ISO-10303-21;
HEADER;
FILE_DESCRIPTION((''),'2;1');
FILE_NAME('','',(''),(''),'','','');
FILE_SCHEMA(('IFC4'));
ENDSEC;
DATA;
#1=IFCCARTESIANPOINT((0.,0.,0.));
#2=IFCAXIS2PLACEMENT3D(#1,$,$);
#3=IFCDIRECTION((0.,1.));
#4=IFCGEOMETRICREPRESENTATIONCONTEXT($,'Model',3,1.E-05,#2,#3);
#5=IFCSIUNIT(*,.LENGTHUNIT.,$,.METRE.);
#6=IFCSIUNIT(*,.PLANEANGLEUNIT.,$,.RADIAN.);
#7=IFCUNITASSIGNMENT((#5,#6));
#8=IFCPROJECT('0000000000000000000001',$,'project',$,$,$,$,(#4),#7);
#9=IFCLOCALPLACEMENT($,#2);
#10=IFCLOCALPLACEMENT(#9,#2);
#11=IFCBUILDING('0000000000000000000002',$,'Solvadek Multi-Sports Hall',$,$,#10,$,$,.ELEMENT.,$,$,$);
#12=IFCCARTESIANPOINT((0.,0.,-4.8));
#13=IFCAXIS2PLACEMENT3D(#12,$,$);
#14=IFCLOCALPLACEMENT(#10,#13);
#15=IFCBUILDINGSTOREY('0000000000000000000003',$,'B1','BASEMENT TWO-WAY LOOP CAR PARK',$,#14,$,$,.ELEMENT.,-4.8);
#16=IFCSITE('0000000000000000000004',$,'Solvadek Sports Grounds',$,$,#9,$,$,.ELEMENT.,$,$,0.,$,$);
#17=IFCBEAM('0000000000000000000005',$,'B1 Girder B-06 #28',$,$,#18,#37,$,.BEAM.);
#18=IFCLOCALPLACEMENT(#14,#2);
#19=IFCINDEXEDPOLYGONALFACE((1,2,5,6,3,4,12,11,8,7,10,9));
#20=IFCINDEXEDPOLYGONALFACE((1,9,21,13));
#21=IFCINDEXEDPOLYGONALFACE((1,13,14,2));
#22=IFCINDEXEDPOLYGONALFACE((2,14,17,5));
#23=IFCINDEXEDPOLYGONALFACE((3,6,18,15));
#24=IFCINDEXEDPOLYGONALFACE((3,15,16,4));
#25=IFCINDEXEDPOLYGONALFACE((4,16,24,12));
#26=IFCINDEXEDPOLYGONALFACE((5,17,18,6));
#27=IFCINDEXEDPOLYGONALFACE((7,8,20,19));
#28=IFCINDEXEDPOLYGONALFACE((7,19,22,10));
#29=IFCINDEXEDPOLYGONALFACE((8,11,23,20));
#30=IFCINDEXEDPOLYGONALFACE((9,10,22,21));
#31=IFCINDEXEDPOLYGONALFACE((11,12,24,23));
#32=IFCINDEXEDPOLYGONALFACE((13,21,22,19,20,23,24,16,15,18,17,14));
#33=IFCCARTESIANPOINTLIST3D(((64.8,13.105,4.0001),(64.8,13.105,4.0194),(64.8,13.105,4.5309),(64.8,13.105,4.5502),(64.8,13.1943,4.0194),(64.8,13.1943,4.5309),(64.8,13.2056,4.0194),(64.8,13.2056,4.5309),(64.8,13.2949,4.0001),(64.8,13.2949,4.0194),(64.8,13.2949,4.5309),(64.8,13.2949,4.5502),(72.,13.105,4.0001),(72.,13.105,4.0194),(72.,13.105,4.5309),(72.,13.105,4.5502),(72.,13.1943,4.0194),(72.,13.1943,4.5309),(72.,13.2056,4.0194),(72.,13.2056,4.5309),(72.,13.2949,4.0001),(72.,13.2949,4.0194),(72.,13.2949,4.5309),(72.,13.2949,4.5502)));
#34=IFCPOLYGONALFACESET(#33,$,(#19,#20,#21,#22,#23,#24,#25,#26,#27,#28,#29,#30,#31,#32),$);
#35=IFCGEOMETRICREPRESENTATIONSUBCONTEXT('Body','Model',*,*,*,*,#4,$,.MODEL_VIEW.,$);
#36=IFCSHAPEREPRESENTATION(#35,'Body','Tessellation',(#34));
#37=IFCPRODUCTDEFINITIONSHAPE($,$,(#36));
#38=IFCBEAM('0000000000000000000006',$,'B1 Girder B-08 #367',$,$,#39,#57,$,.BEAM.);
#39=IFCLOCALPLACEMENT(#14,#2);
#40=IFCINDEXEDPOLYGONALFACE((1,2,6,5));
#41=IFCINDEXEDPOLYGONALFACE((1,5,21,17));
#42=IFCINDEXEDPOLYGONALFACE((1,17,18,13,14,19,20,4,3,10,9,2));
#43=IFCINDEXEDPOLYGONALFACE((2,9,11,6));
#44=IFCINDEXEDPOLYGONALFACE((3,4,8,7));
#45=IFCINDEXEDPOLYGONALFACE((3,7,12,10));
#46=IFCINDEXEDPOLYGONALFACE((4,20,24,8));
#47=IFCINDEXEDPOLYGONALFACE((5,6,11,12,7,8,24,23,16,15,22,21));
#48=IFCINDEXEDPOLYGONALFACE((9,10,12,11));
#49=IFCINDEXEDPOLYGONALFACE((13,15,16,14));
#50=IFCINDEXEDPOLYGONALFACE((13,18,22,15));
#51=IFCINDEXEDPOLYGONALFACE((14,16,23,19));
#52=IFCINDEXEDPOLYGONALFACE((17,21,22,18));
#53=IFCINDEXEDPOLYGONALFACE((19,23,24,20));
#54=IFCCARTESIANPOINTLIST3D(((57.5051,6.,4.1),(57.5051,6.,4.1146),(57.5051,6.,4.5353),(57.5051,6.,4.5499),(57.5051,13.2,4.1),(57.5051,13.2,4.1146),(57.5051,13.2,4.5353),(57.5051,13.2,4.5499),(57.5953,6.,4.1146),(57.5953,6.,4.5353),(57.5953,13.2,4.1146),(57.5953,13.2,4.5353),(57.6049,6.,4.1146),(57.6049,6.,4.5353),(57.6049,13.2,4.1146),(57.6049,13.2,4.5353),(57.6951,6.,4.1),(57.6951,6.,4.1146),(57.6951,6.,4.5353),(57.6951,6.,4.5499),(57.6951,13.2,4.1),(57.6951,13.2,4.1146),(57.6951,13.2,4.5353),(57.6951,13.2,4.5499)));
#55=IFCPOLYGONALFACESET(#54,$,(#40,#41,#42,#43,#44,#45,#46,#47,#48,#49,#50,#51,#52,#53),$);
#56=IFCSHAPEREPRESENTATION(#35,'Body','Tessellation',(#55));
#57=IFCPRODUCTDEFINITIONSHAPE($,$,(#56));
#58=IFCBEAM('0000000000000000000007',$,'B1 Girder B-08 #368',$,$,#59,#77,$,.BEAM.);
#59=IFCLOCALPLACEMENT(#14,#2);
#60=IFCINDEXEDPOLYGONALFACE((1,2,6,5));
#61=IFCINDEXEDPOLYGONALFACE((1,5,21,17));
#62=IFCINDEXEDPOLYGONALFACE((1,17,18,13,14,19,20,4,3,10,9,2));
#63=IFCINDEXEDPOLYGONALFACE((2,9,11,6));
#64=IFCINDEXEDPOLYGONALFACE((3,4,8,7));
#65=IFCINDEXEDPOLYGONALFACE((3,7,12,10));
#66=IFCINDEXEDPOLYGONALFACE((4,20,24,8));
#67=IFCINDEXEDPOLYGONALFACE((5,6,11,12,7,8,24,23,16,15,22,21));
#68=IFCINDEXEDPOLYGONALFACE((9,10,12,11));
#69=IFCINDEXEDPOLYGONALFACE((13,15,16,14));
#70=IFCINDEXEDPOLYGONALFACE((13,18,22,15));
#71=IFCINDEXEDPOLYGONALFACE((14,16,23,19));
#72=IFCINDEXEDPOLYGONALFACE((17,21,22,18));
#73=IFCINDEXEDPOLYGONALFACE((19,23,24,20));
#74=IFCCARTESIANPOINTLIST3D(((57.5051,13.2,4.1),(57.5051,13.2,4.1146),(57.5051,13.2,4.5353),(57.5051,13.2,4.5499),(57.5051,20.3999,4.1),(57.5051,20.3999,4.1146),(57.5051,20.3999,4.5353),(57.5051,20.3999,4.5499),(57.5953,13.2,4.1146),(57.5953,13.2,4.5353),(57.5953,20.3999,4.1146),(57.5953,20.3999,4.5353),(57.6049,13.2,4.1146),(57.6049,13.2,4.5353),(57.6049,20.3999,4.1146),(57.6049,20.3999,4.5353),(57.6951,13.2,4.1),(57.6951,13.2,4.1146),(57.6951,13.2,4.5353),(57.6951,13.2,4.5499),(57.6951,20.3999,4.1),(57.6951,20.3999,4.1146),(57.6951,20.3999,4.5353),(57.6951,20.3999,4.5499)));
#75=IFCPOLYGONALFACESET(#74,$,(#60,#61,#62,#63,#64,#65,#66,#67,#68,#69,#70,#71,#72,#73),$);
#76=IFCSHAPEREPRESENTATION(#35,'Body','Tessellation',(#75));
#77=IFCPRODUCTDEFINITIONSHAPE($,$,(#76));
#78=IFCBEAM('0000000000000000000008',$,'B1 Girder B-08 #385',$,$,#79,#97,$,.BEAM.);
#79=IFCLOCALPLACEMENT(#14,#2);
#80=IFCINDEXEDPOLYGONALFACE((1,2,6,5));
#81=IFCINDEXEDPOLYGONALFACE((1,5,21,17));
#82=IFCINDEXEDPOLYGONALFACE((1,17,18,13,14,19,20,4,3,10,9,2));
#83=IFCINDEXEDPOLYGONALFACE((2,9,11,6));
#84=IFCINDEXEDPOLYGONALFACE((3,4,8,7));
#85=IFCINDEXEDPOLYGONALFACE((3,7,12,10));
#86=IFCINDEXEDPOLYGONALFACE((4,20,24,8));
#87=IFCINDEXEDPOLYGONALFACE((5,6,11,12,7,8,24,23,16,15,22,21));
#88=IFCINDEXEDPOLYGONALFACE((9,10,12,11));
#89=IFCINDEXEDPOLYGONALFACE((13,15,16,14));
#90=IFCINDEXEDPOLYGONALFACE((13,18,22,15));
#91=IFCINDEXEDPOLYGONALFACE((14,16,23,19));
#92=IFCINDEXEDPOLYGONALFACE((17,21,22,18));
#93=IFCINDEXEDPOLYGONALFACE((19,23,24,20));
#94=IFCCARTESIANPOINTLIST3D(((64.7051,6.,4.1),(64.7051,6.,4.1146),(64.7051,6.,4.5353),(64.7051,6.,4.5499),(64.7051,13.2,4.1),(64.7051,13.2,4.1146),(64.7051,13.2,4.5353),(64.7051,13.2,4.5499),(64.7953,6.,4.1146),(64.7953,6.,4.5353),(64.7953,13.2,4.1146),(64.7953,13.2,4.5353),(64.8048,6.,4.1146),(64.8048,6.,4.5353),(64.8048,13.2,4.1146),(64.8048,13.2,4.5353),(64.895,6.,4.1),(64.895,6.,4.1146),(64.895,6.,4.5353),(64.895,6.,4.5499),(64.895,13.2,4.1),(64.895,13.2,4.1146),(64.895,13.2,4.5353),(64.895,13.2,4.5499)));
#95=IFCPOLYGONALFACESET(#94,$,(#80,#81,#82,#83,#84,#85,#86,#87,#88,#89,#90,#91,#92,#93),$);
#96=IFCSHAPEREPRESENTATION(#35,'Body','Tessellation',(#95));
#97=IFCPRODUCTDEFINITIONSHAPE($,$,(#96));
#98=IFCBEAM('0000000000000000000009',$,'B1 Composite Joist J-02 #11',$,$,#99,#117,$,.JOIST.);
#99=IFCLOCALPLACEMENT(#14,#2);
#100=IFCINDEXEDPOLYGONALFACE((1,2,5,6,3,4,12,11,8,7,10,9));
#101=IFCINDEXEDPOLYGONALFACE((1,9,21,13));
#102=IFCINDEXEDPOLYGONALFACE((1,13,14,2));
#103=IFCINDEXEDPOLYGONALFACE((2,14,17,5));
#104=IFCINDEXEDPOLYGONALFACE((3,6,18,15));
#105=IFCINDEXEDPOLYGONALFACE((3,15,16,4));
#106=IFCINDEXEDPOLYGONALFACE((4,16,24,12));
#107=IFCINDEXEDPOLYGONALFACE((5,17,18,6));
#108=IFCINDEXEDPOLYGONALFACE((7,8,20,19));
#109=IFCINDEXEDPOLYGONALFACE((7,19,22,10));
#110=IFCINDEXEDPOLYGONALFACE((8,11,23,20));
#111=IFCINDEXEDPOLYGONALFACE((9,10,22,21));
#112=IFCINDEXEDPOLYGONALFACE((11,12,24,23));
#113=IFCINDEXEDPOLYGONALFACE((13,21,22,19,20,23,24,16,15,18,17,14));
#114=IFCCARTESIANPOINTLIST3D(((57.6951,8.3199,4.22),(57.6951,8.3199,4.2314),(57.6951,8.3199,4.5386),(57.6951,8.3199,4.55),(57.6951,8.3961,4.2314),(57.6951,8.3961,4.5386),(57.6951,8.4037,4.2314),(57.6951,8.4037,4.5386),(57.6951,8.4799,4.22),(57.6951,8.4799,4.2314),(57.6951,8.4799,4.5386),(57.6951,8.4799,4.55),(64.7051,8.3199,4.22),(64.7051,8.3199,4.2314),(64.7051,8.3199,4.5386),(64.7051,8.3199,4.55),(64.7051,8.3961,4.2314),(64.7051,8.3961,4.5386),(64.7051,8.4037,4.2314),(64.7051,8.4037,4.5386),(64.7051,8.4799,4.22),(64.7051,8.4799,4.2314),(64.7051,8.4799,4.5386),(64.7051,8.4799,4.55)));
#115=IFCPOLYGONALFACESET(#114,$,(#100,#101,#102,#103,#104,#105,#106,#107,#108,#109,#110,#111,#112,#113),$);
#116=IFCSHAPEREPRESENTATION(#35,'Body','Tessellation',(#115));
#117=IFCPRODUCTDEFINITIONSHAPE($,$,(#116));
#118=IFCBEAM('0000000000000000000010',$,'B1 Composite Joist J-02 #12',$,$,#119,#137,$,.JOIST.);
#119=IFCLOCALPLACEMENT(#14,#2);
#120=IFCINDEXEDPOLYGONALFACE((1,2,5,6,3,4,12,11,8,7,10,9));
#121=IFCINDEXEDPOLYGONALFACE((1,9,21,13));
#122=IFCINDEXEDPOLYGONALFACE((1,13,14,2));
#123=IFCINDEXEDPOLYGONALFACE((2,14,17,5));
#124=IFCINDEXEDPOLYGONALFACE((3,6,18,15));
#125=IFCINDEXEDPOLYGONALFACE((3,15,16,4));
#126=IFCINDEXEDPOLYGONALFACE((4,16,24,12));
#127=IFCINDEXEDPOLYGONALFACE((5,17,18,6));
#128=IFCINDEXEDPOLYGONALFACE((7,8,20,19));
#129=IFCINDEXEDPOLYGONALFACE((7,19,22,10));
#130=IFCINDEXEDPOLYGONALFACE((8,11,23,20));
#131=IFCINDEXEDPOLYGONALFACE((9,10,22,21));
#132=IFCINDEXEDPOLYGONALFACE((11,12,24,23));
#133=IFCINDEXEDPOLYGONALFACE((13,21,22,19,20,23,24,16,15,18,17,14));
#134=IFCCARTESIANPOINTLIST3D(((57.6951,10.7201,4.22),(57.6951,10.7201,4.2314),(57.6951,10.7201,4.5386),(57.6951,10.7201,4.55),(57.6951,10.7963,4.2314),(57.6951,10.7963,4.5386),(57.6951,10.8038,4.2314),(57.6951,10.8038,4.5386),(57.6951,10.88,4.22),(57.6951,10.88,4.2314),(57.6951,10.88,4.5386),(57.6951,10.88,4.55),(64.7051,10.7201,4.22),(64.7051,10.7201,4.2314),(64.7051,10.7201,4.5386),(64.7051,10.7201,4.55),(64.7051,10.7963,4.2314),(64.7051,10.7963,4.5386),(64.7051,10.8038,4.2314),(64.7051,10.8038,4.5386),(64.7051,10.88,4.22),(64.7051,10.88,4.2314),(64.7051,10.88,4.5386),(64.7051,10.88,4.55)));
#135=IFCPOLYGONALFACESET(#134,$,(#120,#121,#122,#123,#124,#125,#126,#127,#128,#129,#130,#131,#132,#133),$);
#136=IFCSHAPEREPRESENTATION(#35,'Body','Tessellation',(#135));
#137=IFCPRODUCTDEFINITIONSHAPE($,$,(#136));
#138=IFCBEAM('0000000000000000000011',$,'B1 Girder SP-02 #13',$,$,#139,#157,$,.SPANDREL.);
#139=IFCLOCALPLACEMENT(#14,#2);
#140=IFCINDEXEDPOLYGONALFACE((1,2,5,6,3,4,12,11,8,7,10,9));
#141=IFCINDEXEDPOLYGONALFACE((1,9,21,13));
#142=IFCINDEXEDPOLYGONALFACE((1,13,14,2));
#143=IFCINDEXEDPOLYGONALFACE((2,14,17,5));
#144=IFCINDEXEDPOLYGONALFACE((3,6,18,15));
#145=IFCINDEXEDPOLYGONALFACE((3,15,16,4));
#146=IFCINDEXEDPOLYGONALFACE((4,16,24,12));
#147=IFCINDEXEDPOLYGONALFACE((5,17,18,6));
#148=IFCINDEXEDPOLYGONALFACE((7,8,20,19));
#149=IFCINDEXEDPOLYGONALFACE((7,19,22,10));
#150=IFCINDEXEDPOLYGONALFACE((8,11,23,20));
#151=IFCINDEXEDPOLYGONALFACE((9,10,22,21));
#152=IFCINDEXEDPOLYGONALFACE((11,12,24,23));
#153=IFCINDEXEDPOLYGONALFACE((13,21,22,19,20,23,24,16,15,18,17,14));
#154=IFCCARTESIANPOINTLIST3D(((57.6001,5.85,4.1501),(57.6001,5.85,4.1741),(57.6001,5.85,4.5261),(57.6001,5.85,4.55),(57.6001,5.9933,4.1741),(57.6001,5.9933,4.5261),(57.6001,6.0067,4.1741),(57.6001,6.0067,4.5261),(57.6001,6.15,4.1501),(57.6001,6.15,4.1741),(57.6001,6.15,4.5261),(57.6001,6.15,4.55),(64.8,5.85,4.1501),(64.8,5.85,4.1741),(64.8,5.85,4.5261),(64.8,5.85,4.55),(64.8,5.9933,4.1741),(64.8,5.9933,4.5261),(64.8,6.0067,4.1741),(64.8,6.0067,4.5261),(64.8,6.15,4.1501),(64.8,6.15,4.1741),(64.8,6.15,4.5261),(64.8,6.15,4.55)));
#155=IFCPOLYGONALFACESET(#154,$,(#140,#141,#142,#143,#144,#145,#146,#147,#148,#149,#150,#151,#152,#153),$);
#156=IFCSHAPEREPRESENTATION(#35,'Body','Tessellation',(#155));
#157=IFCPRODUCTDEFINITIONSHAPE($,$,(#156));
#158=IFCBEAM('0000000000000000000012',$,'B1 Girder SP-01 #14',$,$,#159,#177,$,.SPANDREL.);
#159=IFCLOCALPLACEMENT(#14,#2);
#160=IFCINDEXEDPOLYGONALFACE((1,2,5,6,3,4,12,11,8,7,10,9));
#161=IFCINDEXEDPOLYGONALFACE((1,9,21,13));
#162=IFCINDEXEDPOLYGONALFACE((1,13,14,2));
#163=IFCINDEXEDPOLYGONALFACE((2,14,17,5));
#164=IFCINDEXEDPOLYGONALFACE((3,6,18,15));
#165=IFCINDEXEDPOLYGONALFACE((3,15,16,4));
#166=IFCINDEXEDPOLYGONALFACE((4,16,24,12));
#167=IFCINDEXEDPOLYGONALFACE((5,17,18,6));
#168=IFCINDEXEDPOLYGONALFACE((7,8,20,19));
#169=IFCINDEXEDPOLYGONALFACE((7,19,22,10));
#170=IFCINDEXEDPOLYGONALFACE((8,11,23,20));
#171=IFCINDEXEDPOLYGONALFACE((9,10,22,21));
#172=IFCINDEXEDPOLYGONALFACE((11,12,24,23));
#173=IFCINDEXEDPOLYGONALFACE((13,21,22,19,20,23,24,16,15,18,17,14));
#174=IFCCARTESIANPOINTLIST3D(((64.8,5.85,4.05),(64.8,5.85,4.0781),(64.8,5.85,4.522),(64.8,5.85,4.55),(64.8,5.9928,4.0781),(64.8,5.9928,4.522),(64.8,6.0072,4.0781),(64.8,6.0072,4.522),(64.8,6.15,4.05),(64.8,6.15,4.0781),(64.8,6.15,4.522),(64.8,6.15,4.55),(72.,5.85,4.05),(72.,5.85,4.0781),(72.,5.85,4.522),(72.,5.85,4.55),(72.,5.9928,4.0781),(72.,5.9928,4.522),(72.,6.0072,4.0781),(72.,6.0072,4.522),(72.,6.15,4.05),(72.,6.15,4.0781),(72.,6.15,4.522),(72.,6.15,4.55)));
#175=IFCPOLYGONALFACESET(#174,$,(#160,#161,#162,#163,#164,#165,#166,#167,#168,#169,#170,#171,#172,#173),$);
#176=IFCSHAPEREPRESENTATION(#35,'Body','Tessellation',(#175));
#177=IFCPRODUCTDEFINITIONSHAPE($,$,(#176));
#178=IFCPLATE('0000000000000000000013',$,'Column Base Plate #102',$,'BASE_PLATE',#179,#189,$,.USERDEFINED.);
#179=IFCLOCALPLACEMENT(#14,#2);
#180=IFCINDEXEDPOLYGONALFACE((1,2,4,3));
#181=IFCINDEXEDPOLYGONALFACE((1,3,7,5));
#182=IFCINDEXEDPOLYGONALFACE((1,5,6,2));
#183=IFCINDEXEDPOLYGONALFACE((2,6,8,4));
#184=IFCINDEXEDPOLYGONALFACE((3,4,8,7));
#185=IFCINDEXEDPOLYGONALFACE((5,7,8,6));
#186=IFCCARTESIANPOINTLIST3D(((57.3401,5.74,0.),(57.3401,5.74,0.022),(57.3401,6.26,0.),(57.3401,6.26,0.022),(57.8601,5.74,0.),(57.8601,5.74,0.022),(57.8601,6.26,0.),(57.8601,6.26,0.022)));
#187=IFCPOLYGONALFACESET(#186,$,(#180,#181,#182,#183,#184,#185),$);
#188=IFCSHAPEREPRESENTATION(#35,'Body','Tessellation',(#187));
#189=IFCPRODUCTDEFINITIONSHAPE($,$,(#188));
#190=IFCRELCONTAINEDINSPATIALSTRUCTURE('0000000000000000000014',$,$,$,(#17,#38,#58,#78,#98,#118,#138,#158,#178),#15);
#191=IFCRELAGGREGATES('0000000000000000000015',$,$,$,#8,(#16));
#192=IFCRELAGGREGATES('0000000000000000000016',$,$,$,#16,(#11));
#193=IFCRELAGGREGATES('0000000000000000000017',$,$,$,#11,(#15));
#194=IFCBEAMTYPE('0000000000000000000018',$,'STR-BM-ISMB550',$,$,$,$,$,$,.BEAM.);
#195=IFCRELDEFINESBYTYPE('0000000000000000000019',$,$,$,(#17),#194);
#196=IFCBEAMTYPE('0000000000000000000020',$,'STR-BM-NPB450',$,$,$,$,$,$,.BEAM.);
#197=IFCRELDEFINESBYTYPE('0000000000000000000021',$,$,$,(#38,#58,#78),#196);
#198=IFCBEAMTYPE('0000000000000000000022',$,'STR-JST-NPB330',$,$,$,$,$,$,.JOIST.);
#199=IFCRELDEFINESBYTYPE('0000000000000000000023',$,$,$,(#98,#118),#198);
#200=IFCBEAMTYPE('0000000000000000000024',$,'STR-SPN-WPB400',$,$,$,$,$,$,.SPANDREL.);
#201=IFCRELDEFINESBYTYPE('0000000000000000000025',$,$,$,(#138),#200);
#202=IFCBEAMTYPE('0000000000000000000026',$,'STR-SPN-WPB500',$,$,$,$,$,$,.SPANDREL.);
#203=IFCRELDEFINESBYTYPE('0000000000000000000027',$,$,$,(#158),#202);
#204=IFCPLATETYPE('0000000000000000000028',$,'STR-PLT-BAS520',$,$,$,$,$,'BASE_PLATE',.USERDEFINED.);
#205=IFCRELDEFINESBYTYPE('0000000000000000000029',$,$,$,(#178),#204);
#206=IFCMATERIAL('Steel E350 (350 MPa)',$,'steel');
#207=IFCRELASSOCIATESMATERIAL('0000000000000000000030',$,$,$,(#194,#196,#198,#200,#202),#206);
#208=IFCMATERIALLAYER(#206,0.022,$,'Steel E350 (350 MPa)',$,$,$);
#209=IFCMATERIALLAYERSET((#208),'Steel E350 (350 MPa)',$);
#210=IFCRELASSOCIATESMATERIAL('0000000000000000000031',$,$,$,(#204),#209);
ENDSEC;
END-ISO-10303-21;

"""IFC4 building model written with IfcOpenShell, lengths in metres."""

from ifc_helpers import new_model, si_unit, direction, frame, origin, origin_2d, place, context, subcontext, project, spatial, rectangle, i_section, extrude, material, layer, layer_set, material_profile, profile_set, type_object, element, save


model = new_model("IFC4")

# Units and contexts
model_context = context("Model", 3, precision=1e-05, world=origin(), true_north=direction((0.0, 1.0)))
body_context = subcontext(model_context, "Body", "Model", "MODEL_VIEW")
ifc_project = project(units=[si_unit("LENGTHUNIT", "METRE"), si_unit("PLANEANGLEUNIT", "RADIAN")], contexts=[model_context])

# Site, building, storey
site_placement = place(None, origin())
site = spatial("IfcSite", under=ifc_project, at=site_placement, Name="Solvadek Sports Grounds", CompositionType="ELEMENT", RefElevation=0.0)
building_placement = place(site_placement, origin())
building = spatial("IfcBuilding", under=site, at=building_placement, Name="Solvadek Multi-Sports Hall", CompositionType="ELEMENT")
storey_placement = place(building_placement, frame((0.0, 0.0, -4.8)))
storey = spatial("IfcBuildingStorey", under=building, at=storey_placement, Name="B1", Description="BASEMENT TWO-WAY LOOP CAR PARK", CompositionType="ELEMENT", Elevation=-4.8)

# Shared definitions
ifc_material_1 = material(Name="Steel E350 (350 MPa)", Category="steel")

# Beams
ifc_material_profile_1 = material_profile(ifc_material_1, i_section(OverallWidth=0.1899, OverallDepth=0.55, WebThickness=0.0112, FlangeThickness=0.0193, at=origin_2d()), Name="ISMB 550")
ifc_profile_set_1 = profile_set([ifc_material_profile_1], Name="Steel E350 (350 MPa)")
beam_type_1 = type_object("IfcBeamType", Name="STR-BM-ISMB550", PredefinedType="BEAM", material=ifc_profile_set_1)
beam_1_placement = place(storey_placement, frame((64.8, 13.2, 4.2751), z_axis=(1.0, 0.0, 0.0), x_axis=(0.0, 1.0, 0.0)))
element("IfcBeam", 1, at=beam_1_placement, inside=storey, type_object=beam_type_1, Name="B1 Girder B-06 #28", PredefinedType="BEAM", context=body_context, shape_type="SweptSolid", body=[
    extrude(i_section(OverallWidth=0.1899, OverallDepth=0.55, WebThickness=0.0112, FlangeThickness=0.0193, at=origin_2d()), origin(), (0.0, 0.0, 1.0), 7.2),
])
ifc_material_profile_2 = material_profile(ifc_material_1, i_section(OverallWidth=0.1899, OverallDepth=0.45, WebThickness=0.0095, FlangeThickness=0.0146, at=origin_2d()), Name="NPB 450")
ifc_profile_set_2 = profile_set([ifc_material_profile_2], Name="Steel E350 (350 MPa)")
beam_type_2 = type_object("IfcBeamType", Name="STR-BM-NPB450", PredefinedType="BEAM", material=ifc_profile_set_2)
for number, where, z_axis, x_axis, name in (
    (2, (57.6001, 6.0, 4.325), (0.0, 1.0, 0.0), (-1.0, 0.0, 0.0), "B1 Girder B-08 #367"),
    (3, (57.6001, 13.2, 4.325), (0.0, 1.0, 0.0), (-1.0, 0.0, 0.0), "B1 Girder B-08 #368"),
    (4, (64.8, 6.0, 4.325), (0.0, 1.0, 0.0), (-1.0, 0.0, 0.0), "B1 Girder B-08 #385"),
):
    element("IfcBeam", number, at=place(storey_placement, frame(where, z_axis=z_axis, x_axis=x_axis)), inside=storey, type_object=beam_type_2, Name=name, PredefinedType="BEAM", context=body_context, shape_type="SweptSolid", body=[
        extrude(i_section(OverallWidth=0.1899, OverallDepth=0.45, WebThickness=0.0095, FlangeThickness=0.0146, at=origin_2d()), origin(), (0.0, 0.0, 1.0), 7.2),
    ])
ifc_material_profile_3 = material_profile(ifc_material_1, i_section(OverallWidth=0.1599, OverallDepth=0.3301, WebThickness=0.0076, FlangeThickness=0.0115, at=origin_2d()), Name="NPB 330")
ifc_profile_set_3 = profile_set([ifc_material_profile_3], Name="Steel E350 (350 MPa)")
beam_type_3 = type_object("IfcBeamType", Name="STR-JST-NPB330", PredefinedType="JOIST", material=ifc_profile_set_3)
for number, where, z_axis, x_axis, name in (
    (5, (57.6951, 8.3999, 4.385), (1.0, 0.0, 0.0), (0.0, 1.0, 0.0), "B1 Composite Joist J-02 #11"),
    (6, (57.6951, 10.8, 4.385), (1.0, 0.0, 0.0), (0.0, 1.0, 0.0), "B1 Composite Joist J-02 #12"),
):
    element("IfcBeam", number, at=place(storey_placement, frame(where, z_axis=z_axis, x_axis=x_axis)), inside=storey, type_object=beam_type_3, Name=name, PredefinedType="JOIST", context=body_context, shape_type="SweptSolid", body=[
        extrude(i_section(OverallWidth=0.1599, OverallDepth=0.3301, WebThickness=0.0076, FlangeThickness=0.0115, at=origin_2d()), origin(), (0.0, 0.0, 1.0), 7.01),
    ])
ifc_material_profile_4 = material_profile(ifc_material_1, i_section(OverallWidth=0.3, OverallDepth=0.3999, WebThickness=0.0134, FlangeThickness=0.0239, at=origin_2d()), Name="WPB 400")
ifc_profile_set_4 = profile_set([ifc_material_profile_4], Name="Steel E350 (350 MPa)")
beam_type_4 = type_object("IfcBeamType", Name="STR-SPN-WPB400", PredefinedType="SPANDREL", material=ifc_profile_set_4)
beam_2_placement = place(storey_placement, frame((57.6001, 6.0, 4.3501), z_axis=(1.0, 0.0, 0.0), x_axis=(0.0, 1.0, 0.0)))
element("IfcBeam", 7, at=beam_2_placement, inside=storey, type_object=beam_type_4, Name="B1 Girder SP-02 #13", PredefinedType="SPANDREL", context=body_context, shape_type="SweptSolid", body=[
    extrude(i_section(OverallWidth=0.3, OverallDepth=0.3999, WebThickness=0.0134, FlangeThickness=0.0239, at=origin_2d()), origin(), (0.0, 0.0, 1.0), 7.2),
])
ifc_material_profile_5 = material_profile(ifc_material_1, i_section(OverallWidth=0.3, OverallDepth=0.5, WebThickness=0.0144, FlangeThickness=0.0281, at=origin_2d()), Name="WPB 500")
ifc_profile_set_5 = profile_set([ifc_material_profile_5], Name="Steel E350 (350 MPa)")
beam_type_5 = type_object("IfcBeamType", Name="STR-SPN-WPB500", PredefinedType="SPANDREL", material=ifc_profile_set_5)
beam_3_placement = place(storey_placement, frame((64.8, 6.0, 4.3), z_axis=(1.0, 0.0, 0.0), x_axis=(0.0, 1.0, 0.0)))
element("IfcBeam", 8, at=beam_3_placement, inside=storey, type_object=beam_type_5, Name="B1 Girder SP-01 #14", PredefinedType="SPANDREL", context=body_context, shape_type="SweptSolid", body=[
    extrude(i_section(OverallWidth=0.3, OverallDepth=0.5, WebThickness=0.0144, FlangeThickness=0.0281, at=origin_2d()), origin(), (0.0, 0.0, 1.0), 7.2),
])

# Plate
ifc_layer_1 = layer(ifc_material_1, 0.022, Name="Steel E350 (350 MPa)")
ifc_layer_set_1 = layer_set([ifc_layer_1], Name="Steel E350 (350 MPa)")
plate_type_1 = type_object("IfcPlateType", Name="STR-PLT-BAS520", ElementType="BASE_PLATE", PredefinedType="USERDEFINED", material=ifc_layer_set_1)
for number, where, z_axis, x_axis, name in (
    (9, (57.6001, 6.0, 0.0), (0.0, 0.0, 1.0), (1.0, 0.0, 0.0), "Column Base Plate #102"),
):
    element("IfcPlate", number, at=place(storey_placement, frame(where, z_axis=z_axis, x_axis=x_axis)), inside=storey, type_object=plate_type_1, Name=name, ObjectType="BASE_PLATE", PredefinedType="USERDEFINED", context=body_context, shape_type="SweptSolid", body=[
        extrude(rectangle(XDim=0.52, YDim=0.52, at=origin_2d()), origin(), (0.0, 0.0, 1.0), 0.022),
    ])

save(model, "model.ifc")
